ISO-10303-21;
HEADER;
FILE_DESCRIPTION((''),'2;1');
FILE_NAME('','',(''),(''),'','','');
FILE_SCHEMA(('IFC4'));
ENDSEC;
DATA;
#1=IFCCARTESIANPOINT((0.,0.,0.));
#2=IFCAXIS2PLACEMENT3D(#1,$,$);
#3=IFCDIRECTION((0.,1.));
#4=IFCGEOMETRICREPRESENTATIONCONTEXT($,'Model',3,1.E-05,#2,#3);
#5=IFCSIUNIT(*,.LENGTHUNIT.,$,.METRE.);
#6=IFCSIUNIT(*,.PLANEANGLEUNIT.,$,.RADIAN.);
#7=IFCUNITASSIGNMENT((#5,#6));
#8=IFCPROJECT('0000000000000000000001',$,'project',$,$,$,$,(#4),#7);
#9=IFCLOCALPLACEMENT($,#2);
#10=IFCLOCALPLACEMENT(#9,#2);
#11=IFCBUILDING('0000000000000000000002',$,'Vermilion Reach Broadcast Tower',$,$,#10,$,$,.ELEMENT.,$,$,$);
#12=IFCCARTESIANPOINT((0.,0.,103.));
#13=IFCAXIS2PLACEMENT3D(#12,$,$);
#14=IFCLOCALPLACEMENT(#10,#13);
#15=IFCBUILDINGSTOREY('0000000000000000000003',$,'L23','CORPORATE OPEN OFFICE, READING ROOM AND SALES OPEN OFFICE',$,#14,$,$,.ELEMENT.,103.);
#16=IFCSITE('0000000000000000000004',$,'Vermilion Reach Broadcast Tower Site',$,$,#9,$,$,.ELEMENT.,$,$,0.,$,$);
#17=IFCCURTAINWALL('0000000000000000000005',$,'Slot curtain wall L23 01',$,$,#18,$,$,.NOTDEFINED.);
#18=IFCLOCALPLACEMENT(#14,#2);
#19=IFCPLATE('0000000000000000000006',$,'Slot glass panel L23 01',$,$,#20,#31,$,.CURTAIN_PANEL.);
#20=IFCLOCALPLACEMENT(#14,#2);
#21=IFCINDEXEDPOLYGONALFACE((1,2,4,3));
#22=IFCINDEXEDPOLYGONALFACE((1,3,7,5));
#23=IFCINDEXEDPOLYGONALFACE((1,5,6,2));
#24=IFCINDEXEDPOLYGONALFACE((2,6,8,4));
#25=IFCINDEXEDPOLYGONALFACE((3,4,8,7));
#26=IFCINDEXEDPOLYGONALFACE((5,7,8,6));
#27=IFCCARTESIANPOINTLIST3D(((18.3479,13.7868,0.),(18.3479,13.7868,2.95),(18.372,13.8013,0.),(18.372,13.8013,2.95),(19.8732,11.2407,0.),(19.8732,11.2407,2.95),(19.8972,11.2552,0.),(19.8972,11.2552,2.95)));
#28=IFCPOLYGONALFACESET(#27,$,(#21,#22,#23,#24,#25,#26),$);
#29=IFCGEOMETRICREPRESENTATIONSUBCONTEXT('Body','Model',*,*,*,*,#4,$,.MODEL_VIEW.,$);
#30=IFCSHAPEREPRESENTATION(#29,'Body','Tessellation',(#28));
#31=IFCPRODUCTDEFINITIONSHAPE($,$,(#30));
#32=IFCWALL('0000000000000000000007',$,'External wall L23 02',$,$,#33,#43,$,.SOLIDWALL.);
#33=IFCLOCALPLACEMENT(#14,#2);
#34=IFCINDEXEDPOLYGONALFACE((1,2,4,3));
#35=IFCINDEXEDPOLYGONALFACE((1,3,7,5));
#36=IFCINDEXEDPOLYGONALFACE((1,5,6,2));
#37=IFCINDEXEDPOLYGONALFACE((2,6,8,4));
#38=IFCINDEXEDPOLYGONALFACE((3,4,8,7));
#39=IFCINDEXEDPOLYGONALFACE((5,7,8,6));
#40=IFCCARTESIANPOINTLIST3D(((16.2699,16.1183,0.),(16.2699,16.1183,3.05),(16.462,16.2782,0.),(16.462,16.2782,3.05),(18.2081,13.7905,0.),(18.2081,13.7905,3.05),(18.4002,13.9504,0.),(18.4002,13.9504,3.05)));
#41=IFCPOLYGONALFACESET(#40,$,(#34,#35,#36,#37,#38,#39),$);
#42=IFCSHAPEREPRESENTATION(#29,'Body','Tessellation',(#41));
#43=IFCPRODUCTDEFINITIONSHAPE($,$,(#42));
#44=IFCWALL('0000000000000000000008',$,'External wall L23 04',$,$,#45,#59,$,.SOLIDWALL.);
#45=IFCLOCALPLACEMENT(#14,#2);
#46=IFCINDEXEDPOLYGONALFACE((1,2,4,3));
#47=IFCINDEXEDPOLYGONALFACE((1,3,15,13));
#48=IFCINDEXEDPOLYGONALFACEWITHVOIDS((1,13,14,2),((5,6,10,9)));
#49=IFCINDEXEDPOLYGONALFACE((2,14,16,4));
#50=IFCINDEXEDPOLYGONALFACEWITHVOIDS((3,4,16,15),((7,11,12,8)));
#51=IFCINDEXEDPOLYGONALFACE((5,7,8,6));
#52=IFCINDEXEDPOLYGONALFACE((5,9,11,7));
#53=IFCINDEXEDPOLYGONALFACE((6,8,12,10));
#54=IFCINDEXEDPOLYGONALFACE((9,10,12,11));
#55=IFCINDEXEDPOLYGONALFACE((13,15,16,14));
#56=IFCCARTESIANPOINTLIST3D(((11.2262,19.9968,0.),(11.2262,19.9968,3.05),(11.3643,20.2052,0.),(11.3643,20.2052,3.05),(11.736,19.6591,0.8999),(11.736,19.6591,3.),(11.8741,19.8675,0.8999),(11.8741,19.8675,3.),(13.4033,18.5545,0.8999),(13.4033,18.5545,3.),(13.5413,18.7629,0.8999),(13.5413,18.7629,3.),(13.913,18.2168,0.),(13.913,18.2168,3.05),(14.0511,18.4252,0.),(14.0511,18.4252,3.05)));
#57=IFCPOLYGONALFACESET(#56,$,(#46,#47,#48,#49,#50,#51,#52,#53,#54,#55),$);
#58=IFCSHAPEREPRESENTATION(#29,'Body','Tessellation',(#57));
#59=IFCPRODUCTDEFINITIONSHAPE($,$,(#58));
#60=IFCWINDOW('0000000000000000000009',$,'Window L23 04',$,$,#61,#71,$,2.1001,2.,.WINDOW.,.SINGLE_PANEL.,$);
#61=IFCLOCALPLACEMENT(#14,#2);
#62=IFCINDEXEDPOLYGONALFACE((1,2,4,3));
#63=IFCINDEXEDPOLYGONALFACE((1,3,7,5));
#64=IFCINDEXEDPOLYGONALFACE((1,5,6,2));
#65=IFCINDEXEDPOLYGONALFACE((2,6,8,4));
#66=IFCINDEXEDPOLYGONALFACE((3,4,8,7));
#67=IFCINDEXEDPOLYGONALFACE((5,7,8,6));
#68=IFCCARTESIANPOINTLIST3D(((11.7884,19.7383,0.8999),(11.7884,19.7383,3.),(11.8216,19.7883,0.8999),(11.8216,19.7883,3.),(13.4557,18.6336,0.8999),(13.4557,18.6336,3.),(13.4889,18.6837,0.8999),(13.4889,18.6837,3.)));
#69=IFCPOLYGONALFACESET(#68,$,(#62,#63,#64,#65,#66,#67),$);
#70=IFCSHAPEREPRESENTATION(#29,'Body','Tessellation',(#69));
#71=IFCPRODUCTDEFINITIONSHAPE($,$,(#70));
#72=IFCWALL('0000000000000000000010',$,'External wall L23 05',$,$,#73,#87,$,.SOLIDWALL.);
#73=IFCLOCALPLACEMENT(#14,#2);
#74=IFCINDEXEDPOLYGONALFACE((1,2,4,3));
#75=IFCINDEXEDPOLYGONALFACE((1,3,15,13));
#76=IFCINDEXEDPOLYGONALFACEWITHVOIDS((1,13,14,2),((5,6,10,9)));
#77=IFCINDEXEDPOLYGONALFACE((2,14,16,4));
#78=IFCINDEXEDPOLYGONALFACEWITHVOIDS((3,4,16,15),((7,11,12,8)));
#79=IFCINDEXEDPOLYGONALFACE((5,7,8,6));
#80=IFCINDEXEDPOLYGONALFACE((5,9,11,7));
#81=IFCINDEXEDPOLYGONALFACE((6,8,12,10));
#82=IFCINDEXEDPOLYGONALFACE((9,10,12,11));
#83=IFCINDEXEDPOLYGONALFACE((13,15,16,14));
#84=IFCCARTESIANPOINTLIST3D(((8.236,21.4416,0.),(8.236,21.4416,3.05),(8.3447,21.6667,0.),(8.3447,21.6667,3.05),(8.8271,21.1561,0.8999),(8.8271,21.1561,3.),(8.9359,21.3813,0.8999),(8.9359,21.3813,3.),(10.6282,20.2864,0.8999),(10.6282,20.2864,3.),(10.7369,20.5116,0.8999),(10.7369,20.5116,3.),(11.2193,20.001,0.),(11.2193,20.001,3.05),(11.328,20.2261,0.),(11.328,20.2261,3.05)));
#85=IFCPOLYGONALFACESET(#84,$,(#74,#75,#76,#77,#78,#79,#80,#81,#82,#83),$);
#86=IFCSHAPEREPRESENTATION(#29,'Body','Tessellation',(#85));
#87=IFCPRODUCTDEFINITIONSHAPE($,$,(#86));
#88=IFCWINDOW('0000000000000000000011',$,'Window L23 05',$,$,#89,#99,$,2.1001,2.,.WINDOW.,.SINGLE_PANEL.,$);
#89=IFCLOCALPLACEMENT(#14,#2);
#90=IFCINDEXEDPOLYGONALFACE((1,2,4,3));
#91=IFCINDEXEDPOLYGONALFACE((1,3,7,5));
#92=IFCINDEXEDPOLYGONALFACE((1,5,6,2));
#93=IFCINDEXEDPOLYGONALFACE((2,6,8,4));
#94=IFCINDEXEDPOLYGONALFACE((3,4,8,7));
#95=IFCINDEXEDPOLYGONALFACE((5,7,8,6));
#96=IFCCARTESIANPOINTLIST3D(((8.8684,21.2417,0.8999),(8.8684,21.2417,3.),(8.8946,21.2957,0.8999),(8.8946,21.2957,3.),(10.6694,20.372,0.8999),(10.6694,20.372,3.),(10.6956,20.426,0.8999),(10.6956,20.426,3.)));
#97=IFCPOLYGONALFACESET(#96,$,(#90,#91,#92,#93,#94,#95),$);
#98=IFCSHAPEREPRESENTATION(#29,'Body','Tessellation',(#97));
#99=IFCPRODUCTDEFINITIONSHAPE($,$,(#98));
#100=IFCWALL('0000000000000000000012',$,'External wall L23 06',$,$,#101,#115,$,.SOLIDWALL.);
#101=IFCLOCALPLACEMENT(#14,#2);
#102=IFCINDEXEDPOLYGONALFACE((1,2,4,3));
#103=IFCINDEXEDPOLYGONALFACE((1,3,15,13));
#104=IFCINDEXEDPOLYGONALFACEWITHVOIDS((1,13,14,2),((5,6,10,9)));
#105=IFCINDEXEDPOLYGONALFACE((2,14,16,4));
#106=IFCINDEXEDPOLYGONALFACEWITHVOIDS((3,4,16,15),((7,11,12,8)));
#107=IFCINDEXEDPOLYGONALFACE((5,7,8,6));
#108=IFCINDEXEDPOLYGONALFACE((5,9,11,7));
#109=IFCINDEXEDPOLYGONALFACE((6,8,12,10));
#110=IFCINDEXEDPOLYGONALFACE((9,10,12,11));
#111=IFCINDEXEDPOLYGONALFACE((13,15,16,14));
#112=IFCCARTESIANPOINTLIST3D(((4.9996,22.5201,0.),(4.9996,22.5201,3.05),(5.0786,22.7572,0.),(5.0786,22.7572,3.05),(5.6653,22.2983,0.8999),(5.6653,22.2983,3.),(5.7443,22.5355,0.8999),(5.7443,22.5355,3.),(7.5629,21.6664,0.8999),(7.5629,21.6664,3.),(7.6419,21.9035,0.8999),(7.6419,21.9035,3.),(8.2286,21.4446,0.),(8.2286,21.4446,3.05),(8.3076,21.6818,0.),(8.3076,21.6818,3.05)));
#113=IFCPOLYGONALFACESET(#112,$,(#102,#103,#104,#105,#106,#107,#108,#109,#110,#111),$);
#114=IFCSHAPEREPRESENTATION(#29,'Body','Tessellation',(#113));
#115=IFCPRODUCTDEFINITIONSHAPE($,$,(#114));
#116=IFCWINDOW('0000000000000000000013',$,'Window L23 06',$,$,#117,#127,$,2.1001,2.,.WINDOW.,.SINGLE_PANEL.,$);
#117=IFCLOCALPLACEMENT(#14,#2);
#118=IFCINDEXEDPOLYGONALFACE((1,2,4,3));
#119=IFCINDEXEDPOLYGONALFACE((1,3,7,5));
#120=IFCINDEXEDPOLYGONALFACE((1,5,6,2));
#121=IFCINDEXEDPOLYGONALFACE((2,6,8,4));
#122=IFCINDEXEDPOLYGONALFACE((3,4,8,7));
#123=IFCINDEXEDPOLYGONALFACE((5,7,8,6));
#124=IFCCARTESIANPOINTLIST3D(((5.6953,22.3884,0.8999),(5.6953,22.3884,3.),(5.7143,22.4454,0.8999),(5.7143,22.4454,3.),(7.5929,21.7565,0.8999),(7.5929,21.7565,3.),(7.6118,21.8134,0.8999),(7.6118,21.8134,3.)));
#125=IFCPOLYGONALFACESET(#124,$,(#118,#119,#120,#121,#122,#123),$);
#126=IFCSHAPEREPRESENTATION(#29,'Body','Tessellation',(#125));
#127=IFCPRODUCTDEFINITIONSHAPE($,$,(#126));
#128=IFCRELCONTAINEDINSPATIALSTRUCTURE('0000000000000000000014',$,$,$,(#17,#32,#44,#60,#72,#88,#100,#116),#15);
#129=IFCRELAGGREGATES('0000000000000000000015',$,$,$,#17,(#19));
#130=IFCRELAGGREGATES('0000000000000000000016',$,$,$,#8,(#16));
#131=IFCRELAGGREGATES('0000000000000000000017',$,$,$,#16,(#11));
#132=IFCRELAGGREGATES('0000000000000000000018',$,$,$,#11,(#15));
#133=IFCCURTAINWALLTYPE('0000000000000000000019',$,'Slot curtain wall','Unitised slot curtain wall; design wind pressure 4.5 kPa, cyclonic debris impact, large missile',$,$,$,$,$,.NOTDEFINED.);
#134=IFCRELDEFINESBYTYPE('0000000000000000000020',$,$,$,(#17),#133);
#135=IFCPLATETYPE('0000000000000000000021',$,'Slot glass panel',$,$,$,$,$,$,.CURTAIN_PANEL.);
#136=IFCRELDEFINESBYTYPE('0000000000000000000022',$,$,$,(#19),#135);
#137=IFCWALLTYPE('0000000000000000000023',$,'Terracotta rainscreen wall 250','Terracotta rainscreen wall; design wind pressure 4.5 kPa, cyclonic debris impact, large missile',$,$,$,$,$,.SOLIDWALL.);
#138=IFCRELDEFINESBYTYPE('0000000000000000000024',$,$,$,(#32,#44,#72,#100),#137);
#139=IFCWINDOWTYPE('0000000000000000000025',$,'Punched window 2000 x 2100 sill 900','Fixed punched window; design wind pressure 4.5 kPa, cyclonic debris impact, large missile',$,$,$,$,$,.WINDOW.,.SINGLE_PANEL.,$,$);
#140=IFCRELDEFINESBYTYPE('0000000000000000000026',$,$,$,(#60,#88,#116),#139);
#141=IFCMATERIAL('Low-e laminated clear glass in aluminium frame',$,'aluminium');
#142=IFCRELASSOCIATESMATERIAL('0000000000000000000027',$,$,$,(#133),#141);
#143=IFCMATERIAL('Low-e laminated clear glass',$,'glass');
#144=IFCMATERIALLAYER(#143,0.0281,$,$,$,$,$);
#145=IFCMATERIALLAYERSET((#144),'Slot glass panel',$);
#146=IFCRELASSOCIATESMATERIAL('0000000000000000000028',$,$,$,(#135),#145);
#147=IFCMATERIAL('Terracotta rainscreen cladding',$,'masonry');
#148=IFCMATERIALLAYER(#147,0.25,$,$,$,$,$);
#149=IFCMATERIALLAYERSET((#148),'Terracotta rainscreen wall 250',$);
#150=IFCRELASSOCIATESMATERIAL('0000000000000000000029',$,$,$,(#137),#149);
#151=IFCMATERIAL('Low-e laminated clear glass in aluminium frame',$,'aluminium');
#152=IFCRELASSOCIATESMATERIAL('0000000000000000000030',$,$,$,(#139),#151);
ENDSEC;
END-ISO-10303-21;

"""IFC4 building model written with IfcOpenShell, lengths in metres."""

from ifc_helpers import new_model, si_unit, direction, frame, frame_2d, origin, origin_2d, place, context, subcontext, project, spatial, rectangle, extrude, material, layer, layer_set, type_object, element, fill, aggregate, save


model = new_model("IFC4")

# Units and contexts
model_context = context("Model", 3, precision=1e-05, world=origin(), true_north=direction((0.0, 1.0)))
body_context = subcontext(model_context, "Body", "Model", "MODEL_VIEW")
ifc_project = project(units=[si_unit("LENGTHUNIT", "METRE"), si_unit("PLANEANGLEUNIT", "RADIAN")], contexts=[model_context])

# Site, building, storey
site_placement = place(None, origin())
site = spatial("IfcSite", under=ifc_project, at=site_placement, Name="Vermilion Reach Broadcast Tower Site", CompositionType="ELEMENT", RefElevation=0.0)
building_placement = place(site_placement, origin())
building = spatial("IfcBuilding", under=site, at=building_placement, Name="Vermilion Reach Broadcast Tower", CompositionType="ELEMENT")
storey_placement = place(building_placement, frame((0.0, 0.0, 103.0)))
storey = spatial("IfcBuildingStorey", under=building, at=storey_placement, Name="L23", Description="CORPORATE OPEN OFFICE, READING ROOM AND SALES OPEN OFFICE", CompositionType="ELEMENT", Elevation=103.0)

# Curtain wall, plate
ifc_material_1 = material(Name="Low-e laminated clear glass in aluminium frame", Category="aluminium")
curtain_wall_type = type_object("IfcCurtainWallType", Name="Slot curtain wall", Description="Unitised slot curtain wall; design wind pressure 4.5 kPa, cyclonic debris impact, large missile", PredefinedType="NOTDEFINED", material=ifc_material_1)
curtain_wall_placement = place(storey_placement, origin())
curtain_wall = element("IfcCurtainWall", 1, at=curtain_wall_placement, inside=storey, type_object=curtain_wall_type, Name="Slot curtain wall L23 01", PredefinedType="NOTDEFINED")
ifc_material_2 = material(Name="Low-e laminated clear glass", Category="glass")
ifc_layer_1 = layer(ifc_material_2, 0.0281)
ifc_layer_set_1 = layer_set([ifc_layer_1], Name="Slot glass panel")
plate_type = type_object("IfcPlateType", Name="Slot glass panel", PredefinedType="CURTAIN_PANEL", material=ifc_layer_set_1)
plate_placement = place(storey_placement, frame((19.1226, 12.521, 0.0), z_axis=(0.0, 0.0, 1.0), x_axis=(-0.513908, 0.857845, 0.0)))
plate = element("IfcPlate", 2, at=plate_placement, type_object=plate_type, Name="Slot glass panel L23 01", PredefinedType="CURTAIN_PANEL", context=body_context, shape_type="SweptSolid", body=[
    extrude(rectangle(XDim=2.968, YDim=0.0281, at=origin_2d()), origin(), (0.0, 0.0, 1.0), 2.95),
])
aggregate(curtain_wall, [plate])

# Wall
ifc_material_3 = material(Name="Terracotta rainscreen cladding", Category="masonry")
ifc_layer_2 = layer(ifc_material_3, 0.25)
ifc_layer_set_2 = layer_set([ifc_layer_2], Name="Terracotta rainscreen wall 250")
wall_type = type_object("IfcWallType", Name="Terracotta rainscreen wall 250", Description="Terracotta rainscreen wall; design wind pressure 4.5 kPa, cyclonic debris impact, large missile", PredefinedType="SOLIDWALL", material=ifc_layer_set_2)
wall_1_placement = place(storey_placement, frame((18.3042, 13.8704, 0.0), z_axis=(0.0, 0.0, 1.0), x_axis=(-0.639859, 0.768492, 0.0)))
element("IfcWall", 3, at=wall_1_placement, inside=storey, type_object=wall_type, Name="External wall L23 02", PredefinedType="SOLIDWALL", context=body_context, shape_type="SweptSolid", body=[
    extrude(rectangle(XDim=3.0291, YDim=0.25, at=frame_2d((1.5146, 0.0))), origin(), (0.0, 0.0, 1.0), 3.05),
])

# Walls, openings, windows
wall_2_placement = place(storey_placement, frame((13.9819, 18.321, 0.0), z_axis=(0.0, 0.0, 1.0), x_axis=(-0.833643, 0.552303, 0.0)))
wall_2 = element("IfcWall", 4, at=wall_2_placement, inside=storey, type_object=wall_type, Name="External wall L23 04", PredefinedType="SOLIDWALL", context=body_context, shape_type="SweptSolid", body=[
    extrude(rectangle(XDim=3.2229, YDim=0.25, at=frame_2d((1.6113, 0.0))), origin(), (0.0, 0.0, 1.0), 3.05),
])
opening_1_placement = place(wall_2_placement, frame((0.6113, 0.0, 0.8999)))
opening_1 = element("IfcOpeningElement", 5, at=opening_1_placement, cuts=wall_2, PredefinedType="OPENING", context=body_context, shape_type="SweptSolid", body=[
    extrude(rectangle(XDim=2.0, YDim=2.1001, at=frame_2d((1.0, 1.05))), frame((0.0, 0.135, 0.0), z_axis=(0.0, -1.0, 0.0), x_axis=(1.0, 0.0, 0.0)), (0.0, 0.0, 1.0), 0.27),
])
ifc_material_4 = material(Name="Low-e laminated clear glass in aluminium frame", Category="aluminium")
window_type = type_object("IfcWindowType", Name="Punched window 2000 x 2100 sill 900", Description="Fixed punched window; design wind pressure 4.5 kPa, cyclonic debris impact, large missile", PartitioningType="SINGLE_PANEL", PredefinedType="WINDOW", material=ifc_material_4)
window_1_placement = place(opening_1_placement, origin())
window_1 = element("IfcWindow", 6, at=window_1_placement, inside=storey, type_object=window_type, Name="Window L23 04", OverallHeight=2.1001, OverallWidth=2.0, PartitioningType="SINGLE_PANEL", PredefinedType="WINDOW", context=body_context, shape_type="SweptSolid", body=[
    extrude(rectangle(XDim=2.0, YDim=2.1001, at=frame_2d((1.0, 1.05))), frame((0.0, 0.03, 0.0), z_axis=(0.0, -1.0, 0.0), x_axis=(1.0, 0.0, 0.0)), (0.0, 0.0, 1.0), 0.0601),
])
fill(opening_1, window_1)
wall_3_placement = place(storey_placement, frame((11.2737, 20.1135, 0.0), z_axis=(0.0, 0.0, 1.0), x_axis=(-0.900503, 0.43485, 0.0)))
wall_3 = element("IfcWall", 7, at=wall_3_placement, inside=storey, type_object=wall_type, Name="External wall L23 05", PredefinedType="SOLIDWALL", context=body_context, shape_type="SweptSolid", body=[
    extrude(rectangle(XDim=3.313, YDim=0.25, at=frame_2d((1.6565, 0.0))), origin(), (0.0, 0.0, 1.0), 3.05),
])
opening_2_placement = place(wall_3_placement, frame((0.6565, 0.0, 0.8999)))
opening_2 = element("IfcOpeningElement", 8, at=opening_2_placement, cuts=wall_3, PredefinedType="OPENING", context=body_context, shape_type="SweptSolid", body=[
    extrude(rectangle(XDim=2.0, YDim=2.1001, at=frame_2d((1.0, 1.05))), frame((0.0, 0.135, 0.0), z_axis=(0.0, -1.0, 0.0), x_axis=(1.0, 0.0, 0.0)), (0.0, 0.0, 1.0), 0.27),
])
window_2_placement = place(opening_2_placement, origin())
window_2 = element("IfcWindow", 9, at=window_2_placement, inside=storey, type_object=window_type, Name="Window L23 05", OverallHeight=2.1001, OverallWidth=2.0, PartitioningType="SINGLE_PANEL", PredefinedType="WINDOW", context=body_context, shape_type="SweptSolid", body=[
    extrude(rectangle(XDim=2.0, YDim=2.1001, at=frame_2d((1.0, 1.05))), frame((0.0, 0.03, 0.0), z_axis=(0.0, -1.0, 0.0), x_axis=(1.0, 0.0, 0.0)), (0.0, 0.0, 1.0), 0.0601),
])
fill(opening_2, window_2)
wall_4_placement = place(storey_placement, frame((8.2681, 21.5632, 0.0), z_axis=(0.0, 0.0, 1.0), x_axis=(-0.948762, 0.315991, 0.0)))
wall_4 = element("IfcWall", 10, at=wall_4_placement, inside=storey, type_object=wall_type, Name="External wall L23 06", PredefinedType="SOLIDWALL", context=body_context, shape_type="SweptSolid", body=[
    extrude(rectangle(XDim=3.4033, YDim=0.25, at=frame_2d((1.7017, 0.0))), origin(), (0.0, 0.0, 1.0), 3.05),
])
opening_3_placement = place(wall_4_placement, frame((0.7017, 0.0, 0.8999)))
opening_3 = element("IfcOpeningElement", 11, at=opening_3_placement, cuts=wall_4, PredefinedType="OPENING", context=body_context, shape_type="SweptSolid", body=[
    extrude(rectangle(XDim=2.0, YDim=2.1001, at=frame_2d((1.0, 1.05))), frame((0.0, 0.135, 0.0), z_axis=(0.0, -1.0, 0.0), x_axis=(1.0, 0.0, 0.0)), (0.0, 0.0, 1.0), 0.27),
])
window_3_placement = place(opening_3_placement, origin())
window_3 = element("IfcWindow", 12, at=window_3_placement, inside=storey, type_object=window_type, Name="Window L23 06", OverallHeight=2.1001, OverallWidth=2.0, PartitioningType="SINGLE_PANEL", PredefinedType="WINDOW", context=body_context, shape_type="SweptSolid", body=[
    extrude(rectangle(XDim=2.0, YDim=2.1001, at=frame_2d((1.0, 1.05))), frame((0.0, 0.03, 0.0), z_axis=(0.0, -1.0, 0.0), x_axis=(1.0, 0.0, 0.0)), (0.0, 0.0, 1.0), 0.0601),
])
fill(opening_3, window_3)

save(model, "model.ifc")
